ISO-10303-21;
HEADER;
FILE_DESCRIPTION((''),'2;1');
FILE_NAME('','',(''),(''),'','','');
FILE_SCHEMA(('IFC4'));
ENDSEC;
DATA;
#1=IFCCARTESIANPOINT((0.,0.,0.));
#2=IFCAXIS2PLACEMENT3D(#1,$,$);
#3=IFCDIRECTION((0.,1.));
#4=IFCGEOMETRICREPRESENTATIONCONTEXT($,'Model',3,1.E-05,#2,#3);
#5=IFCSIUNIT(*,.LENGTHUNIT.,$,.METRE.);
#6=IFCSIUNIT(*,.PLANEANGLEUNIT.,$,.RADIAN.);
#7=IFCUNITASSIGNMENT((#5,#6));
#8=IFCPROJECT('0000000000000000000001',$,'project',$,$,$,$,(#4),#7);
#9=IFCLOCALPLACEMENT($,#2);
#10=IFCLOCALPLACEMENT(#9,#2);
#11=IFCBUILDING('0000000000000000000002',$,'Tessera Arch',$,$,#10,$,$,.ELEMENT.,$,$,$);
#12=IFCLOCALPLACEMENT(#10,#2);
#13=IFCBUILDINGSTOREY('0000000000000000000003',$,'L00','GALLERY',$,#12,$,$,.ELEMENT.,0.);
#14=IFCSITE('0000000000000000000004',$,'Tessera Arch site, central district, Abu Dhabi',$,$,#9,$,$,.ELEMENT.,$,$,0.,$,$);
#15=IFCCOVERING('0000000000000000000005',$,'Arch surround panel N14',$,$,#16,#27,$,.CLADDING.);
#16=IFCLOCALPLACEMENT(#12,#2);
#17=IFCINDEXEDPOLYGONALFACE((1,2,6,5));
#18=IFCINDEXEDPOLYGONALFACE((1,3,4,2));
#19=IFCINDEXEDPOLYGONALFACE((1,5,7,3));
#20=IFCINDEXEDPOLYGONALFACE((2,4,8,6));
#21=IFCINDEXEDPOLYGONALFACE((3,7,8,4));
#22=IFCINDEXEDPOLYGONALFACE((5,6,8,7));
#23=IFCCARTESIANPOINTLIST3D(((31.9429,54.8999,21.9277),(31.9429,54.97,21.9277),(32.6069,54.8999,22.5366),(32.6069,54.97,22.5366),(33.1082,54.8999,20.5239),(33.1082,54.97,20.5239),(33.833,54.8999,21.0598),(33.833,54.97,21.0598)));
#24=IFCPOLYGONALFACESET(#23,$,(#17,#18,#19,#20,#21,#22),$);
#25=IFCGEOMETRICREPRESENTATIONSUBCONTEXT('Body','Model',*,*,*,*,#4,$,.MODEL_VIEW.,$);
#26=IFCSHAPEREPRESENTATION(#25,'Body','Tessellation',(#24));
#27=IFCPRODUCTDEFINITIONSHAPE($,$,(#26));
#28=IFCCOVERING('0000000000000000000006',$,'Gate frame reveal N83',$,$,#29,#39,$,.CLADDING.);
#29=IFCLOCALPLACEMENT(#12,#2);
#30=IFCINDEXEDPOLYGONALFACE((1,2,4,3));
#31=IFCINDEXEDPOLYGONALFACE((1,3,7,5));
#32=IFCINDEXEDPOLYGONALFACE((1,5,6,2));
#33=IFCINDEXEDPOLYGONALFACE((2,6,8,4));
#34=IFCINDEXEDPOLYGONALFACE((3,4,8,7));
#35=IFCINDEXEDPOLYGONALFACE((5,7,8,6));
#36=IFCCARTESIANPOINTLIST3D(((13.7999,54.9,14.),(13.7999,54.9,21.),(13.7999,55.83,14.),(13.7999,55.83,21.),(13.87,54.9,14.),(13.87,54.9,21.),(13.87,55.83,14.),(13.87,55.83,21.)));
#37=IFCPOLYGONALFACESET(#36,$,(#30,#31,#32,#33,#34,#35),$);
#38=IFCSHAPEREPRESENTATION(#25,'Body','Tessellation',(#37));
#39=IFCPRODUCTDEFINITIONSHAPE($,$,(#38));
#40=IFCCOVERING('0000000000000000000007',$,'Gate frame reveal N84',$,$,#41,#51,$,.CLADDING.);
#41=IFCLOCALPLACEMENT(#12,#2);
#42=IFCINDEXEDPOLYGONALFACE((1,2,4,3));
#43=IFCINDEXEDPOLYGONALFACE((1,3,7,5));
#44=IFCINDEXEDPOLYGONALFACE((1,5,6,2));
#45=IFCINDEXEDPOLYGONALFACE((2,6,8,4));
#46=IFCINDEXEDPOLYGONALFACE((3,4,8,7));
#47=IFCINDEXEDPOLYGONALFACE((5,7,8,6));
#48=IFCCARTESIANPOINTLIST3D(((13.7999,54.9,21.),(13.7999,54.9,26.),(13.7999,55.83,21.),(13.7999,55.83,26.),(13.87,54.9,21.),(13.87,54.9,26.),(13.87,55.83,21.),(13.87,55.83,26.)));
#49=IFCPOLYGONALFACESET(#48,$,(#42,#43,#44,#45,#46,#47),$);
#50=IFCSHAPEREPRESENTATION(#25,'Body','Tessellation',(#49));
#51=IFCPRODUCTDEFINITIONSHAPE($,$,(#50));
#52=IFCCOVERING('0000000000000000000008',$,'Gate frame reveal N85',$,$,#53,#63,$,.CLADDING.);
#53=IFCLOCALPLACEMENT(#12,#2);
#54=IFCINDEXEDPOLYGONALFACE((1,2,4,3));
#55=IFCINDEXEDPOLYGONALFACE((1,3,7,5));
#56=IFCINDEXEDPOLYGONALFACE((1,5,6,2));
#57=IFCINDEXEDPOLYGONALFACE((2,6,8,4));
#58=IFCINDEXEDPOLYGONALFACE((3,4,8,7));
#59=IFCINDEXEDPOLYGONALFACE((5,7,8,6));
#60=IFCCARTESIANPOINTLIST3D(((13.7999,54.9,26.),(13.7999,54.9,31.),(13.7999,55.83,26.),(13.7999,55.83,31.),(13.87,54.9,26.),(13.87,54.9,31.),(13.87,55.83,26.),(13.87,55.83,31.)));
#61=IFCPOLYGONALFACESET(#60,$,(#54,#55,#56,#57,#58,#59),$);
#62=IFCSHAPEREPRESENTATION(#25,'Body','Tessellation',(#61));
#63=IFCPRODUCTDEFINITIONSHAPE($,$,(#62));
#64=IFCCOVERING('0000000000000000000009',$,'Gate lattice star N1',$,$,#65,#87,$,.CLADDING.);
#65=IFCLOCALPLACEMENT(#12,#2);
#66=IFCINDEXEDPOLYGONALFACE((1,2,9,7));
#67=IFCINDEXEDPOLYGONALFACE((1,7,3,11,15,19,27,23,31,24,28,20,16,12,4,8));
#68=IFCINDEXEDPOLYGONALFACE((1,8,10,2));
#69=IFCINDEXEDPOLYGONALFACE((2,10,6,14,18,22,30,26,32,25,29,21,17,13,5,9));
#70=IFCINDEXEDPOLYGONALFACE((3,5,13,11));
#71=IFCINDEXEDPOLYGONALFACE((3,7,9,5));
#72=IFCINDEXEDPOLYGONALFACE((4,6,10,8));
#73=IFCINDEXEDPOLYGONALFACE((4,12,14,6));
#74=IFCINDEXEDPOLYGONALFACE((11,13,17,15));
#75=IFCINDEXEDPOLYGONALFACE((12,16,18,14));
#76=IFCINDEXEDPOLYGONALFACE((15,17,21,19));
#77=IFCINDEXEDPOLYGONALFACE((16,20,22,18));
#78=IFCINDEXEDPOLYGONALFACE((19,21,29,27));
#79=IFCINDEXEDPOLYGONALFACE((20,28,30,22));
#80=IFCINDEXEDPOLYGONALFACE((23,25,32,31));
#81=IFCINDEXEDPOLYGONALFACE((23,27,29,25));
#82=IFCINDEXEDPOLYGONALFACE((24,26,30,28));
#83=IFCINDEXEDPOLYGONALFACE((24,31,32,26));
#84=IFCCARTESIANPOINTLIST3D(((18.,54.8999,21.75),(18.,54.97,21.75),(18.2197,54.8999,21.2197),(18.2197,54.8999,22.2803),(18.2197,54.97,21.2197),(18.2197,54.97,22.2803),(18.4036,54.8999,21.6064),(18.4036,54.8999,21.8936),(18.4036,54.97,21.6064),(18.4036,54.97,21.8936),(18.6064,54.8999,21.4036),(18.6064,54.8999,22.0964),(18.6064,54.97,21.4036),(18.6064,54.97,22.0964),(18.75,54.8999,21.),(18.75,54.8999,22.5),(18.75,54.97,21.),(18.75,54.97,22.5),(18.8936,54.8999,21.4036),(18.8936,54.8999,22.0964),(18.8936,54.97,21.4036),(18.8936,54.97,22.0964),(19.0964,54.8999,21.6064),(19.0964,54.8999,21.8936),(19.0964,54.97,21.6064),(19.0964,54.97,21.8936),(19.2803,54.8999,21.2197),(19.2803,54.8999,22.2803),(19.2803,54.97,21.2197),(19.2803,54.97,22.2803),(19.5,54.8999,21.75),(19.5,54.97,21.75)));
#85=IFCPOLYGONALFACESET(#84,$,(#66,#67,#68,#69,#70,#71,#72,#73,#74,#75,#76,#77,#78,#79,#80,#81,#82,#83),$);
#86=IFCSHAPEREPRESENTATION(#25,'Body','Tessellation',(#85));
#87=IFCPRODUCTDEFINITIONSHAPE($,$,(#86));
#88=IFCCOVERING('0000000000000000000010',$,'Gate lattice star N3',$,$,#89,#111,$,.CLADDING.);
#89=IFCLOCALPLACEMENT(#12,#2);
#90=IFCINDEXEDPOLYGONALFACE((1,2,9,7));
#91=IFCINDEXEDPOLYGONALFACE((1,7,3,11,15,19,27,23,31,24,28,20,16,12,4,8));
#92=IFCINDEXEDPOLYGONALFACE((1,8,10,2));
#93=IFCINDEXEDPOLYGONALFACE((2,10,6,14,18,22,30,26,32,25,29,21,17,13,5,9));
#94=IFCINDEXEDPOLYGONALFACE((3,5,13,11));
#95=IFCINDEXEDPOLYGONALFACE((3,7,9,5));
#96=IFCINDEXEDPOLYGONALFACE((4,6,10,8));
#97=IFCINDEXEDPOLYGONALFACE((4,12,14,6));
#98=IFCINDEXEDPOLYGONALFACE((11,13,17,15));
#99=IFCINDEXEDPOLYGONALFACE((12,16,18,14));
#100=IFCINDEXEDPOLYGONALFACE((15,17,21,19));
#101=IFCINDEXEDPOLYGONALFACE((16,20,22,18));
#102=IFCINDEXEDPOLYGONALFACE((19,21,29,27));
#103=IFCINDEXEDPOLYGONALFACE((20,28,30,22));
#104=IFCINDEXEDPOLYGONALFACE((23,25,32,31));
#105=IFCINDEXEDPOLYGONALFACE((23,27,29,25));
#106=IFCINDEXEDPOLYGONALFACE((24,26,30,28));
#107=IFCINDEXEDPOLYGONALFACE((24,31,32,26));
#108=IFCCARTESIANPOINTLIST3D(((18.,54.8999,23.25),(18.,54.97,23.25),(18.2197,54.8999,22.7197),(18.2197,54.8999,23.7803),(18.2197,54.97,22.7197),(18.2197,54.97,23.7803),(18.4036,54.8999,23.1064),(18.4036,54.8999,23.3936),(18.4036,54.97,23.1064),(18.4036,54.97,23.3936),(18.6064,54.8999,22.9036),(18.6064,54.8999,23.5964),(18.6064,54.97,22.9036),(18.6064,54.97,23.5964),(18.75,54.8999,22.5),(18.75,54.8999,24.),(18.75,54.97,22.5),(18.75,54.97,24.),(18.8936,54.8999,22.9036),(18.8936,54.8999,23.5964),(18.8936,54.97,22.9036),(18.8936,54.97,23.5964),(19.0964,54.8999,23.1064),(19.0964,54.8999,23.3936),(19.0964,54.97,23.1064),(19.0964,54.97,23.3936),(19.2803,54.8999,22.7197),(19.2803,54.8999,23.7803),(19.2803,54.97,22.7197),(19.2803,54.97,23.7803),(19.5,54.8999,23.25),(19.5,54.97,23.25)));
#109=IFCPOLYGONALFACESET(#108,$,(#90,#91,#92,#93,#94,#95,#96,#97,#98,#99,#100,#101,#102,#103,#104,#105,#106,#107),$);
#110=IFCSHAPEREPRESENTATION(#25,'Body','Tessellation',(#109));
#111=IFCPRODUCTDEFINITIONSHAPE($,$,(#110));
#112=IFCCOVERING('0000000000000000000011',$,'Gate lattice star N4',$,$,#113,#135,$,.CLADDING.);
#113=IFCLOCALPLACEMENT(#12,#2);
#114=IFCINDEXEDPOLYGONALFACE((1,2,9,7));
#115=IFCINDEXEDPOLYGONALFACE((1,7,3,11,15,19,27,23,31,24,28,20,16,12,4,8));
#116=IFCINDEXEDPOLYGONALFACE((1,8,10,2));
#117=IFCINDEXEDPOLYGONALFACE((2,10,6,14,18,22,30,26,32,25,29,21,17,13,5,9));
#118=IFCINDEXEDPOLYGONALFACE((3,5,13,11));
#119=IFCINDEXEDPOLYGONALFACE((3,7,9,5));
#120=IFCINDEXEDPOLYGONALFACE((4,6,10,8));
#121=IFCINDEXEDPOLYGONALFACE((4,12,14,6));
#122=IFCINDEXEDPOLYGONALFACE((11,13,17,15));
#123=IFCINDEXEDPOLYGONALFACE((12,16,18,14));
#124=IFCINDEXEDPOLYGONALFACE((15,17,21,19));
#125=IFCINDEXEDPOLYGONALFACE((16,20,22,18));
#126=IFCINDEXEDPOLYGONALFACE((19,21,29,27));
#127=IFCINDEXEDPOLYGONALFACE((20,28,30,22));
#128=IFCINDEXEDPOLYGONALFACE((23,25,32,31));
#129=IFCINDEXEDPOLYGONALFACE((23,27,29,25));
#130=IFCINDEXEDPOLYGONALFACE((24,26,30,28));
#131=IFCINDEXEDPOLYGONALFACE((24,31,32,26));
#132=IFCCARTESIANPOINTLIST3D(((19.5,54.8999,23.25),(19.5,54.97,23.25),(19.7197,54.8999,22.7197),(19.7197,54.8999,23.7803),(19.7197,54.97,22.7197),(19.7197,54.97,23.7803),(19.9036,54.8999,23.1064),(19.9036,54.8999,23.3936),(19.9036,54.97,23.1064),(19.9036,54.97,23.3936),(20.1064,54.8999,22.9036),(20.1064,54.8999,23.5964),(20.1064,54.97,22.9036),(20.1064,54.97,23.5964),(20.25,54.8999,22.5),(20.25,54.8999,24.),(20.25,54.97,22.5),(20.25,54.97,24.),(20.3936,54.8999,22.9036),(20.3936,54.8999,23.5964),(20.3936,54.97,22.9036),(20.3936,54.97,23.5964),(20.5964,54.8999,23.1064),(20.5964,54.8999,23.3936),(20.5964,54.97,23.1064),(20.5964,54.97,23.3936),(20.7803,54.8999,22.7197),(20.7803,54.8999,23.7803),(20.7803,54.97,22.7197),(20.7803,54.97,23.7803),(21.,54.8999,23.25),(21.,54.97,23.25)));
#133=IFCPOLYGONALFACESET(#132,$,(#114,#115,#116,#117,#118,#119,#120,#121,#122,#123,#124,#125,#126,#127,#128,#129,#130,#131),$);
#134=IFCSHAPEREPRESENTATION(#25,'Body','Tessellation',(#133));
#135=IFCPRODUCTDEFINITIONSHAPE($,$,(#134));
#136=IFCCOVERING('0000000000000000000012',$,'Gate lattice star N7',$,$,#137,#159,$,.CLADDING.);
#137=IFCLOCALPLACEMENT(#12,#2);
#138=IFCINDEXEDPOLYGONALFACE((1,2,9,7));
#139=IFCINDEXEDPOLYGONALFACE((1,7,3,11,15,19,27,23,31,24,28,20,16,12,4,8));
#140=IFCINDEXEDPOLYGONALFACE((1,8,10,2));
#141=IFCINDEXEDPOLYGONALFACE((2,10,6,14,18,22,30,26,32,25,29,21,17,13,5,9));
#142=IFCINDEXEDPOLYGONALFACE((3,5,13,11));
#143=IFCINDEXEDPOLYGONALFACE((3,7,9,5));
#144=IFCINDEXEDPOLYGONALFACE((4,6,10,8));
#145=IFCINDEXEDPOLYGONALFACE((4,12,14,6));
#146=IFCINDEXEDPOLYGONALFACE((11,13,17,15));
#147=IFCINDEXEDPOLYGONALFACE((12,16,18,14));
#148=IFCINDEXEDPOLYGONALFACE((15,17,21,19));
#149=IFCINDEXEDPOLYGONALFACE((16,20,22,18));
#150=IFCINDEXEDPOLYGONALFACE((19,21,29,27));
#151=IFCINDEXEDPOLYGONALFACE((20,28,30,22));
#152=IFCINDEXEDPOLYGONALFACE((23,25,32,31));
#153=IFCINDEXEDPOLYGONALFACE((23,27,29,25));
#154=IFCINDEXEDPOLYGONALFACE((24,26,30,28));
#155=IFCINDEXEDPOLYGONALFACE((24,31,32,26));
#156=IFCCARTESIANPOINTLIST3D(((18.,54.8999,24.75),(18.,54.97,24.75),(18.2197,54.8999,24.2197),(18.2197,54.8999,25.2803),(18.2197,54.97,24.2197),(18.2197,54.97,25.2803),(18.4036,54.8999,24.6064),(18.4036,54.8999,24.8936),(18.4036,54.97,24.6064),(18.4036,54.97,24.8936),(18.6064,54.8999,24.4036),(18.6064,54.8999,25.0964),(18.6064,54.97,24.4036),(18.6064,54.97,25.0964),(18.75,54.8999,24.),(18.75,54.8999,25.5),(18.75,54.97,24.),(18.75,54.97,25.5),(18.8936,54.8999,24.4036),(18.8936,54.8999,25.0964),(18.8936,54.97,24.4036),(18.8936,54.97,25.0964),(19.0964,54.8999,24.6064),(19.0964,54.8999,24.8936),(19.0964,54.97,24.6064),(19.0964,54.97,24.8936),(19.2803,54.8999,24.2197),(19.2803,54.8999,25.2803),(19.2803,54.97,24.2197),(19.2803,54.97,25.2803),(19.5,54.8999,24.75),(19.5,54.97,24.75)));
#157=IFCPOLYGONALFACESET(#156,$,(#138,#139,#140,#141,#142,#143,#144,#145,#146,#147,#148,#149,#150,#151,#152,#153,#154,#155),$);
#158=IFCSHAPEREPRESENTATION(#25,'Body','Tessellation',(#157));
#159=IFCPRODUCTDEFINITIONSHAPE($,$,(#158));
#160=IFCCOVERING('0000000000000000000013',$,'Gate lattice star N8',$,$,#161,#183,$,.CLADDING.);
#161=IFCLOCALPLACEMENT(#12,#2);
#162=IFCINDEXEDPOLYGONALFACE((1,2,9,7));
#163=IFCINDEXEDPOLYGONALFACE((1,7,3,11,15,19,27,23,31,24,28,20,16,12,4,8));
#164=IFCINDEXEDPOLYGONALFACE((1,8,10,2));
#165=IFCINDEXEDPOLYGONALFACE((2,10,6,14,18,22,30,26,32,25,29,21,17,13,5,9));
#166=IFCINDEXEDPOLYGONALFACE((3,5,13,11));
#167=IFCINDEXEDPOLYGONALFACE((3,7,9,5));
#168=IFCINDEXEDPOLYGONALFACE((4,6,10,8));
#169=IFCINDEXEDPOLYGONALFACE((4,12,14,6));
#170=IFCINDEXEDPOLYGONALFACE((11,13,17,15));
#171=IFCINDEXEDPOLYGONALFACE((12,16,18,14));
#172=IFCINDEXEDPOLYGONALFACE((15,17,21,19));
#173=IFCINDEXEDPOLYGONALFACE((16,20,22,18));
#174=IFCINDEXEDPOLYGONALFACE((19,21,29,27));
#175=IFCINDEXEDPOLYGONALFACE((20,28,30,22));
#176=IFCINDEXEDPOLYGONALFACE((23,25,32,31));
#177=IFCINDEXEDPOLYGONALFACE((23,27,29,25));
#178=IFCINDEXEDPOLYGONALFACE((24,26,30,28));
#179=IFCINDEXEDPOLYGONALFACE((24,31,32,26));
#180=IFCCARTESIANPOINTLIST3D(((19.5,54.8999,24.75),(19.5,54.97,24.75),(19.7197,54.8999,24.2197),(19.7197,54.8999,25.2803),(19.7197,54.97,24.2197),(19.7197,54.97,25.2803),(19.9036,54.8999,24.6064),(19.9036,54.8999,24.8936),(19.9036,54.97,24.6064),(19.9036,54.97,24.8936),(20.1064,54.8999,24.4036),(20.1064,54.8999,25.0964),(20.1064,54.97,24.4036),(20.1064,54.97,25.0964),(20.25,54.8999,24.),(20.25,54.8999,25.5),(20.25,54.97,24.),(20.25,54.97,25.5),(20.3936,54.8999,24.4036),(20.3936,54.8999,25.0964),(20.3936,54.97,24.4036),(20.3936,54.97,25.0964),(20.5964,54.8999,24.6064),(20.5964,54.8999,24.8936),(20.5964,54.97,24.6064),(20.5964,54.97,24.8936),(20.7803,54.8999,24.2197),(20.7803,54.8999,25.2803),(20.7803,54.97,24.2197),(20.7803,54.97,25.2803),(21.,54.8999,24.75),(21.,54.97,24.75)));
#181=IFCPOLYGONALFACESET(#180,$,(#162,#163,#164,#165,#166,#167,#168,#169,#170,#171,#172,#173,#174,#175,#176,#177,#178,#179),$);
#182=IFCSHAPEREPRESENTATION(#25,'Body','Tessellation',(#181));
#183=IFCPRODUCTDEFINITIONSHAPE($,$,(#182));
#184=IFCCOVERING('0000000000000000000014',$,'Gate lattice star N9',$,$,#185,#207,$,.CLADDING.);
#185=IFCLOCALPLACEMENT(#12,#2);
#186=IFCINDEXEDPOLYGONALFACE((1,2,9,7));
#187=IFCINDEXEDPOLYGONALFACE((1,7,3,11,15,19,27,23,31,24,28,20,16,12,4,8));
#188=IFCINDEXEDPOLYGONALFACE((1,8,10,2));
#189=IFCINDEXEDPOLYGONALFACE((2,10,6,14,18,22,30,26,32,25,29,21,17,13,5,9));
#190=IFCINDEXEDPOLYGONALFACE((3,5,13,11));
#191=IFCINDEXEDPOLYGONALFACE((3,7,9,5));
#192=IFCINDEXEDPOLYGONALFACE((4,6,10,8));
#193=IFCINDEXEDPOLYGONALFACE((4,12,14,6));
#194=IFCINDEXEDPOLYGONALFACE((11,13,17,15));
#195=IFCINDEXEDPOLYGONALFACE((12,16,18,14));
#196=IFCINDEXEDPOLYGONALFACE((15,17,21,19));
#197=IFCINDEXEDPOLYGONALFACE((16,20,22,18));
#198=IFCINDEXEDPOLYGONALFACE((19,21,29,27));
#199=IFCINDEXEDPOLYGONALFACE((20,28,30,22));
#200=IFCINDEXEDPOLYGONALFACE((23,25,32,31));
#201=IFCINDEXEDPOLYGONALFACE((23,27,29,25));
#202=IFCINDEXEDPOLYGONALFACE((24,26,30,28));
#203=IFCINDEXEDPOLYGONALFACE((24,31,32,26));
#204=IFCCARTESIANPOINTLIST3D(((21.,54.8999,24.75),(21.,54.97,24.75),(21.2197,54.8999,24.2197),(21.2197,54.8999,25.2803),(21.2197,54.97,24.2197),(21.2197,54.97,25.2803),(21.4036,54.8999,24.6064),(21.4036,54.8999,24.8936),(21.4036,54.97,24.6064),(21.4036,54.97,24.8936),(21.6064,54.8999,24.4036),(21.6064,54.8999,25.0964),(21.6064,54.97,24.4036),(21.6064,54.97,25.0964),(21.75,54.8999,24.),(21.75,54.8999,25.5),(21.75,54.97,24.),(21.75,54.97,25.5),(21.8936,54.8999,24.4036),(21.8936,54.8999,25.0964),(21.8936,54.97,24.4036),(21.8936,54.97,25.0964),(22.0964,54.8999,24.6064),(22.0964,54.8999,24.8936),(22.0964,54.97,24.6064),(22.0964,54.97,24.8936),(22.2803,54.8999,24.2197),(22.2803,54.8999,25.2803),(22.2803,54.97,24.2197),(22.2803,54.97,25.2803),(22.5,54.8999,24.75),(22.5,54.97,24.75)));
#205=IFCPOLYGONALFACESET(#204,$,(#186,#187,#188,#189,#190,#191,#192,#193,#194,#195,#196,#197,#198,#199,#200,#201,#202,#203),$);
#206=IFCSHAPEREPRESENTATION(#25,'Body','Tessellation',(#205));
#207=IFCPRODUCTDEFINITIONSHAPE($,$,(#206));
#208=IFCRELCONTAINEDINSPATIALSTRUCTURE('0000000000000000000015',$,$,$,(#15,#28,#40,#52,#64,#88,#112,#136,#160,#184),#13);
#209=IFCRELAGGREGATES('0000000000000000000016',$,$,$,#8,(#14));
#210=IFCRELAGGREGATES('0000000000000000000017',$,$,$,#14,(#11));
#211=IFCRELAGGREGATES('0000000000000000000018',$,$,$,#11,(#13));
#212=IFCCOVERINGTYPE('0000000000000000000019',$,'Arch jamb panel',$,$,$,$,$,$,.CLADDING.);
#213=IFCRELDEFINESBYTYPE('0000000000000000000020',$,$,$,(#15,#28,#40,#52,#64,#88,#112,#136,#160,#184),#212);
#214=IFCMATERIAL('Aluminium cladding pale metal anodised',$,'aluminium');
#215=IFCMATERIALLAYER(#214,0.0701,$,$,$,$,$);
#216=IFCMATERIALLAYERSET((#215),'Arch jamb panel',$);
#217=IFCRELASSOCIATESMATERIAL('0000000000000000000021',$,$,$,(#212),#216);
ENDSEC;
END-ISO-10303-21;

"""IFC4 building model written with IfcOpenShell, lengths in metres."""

from ifc_helpers import new_model, si_unit, direction, frame, origin, origin_2d, place, context, subcontext, project, spatial, polyline, rectangle, outline, extrude, material, layer, layer_set, type_object, element, save


model = new_model("IFC4")

# Units and contexts
model_context = context("Model", 3, precision=1e-05, world=origin(), true_north=direction((0.0, 1.0)))
body_context = subcontext(model_context, "Body", "Model", "MODEL_VIEW")
ifc_project = project(units=[si_unit("LENGTHUNIT", "METRE"), si_unit("PLANEANGLEUNIT", "RADIAN")], contexts=[model_context])

# Site, building, storey
site_placement = place(None, origin())
site = spatial("IfcSite", under=ifc_project, at=site_placement, Name="Tessera Arch site, central district, Abu Dhabi", CompositionType="ELEMENT", RefElevation=0.0)
building_placement = place(site_placement, origin())
building = spatial("IfcBuilding", under=site, at=building_placement, Name="Tessera Arch", CompositionType="ELEMENT")
storey_placement = place(building_placement, origin())
storey = spatial("IfcBuildingStorey", under=building, at=storey_placement, Name="L00", Description="GALLERY", CompositionType="ELEMENT", Elevation=0.0)

# Coverings
ifc_material_1 = material(Name="Aluminium cladding pale metal anodised", Category="aluminium")
ifc_layer = layer(ifc_material_1, 0.0701)
ifc_layer_set = layer_set([ifc_layer], Name="Arch jamb panel")
covering_type = type_object("IfcCoveringType", Name="Arch jamb panel", PredefinedType="CLADDING", material=ifc_layer_set)
covering_1_placement = place(storey_placement, frame((31.9429, 54.8999, 21.9277), z_axis=(0.0, -1.0, 0.0), x_axis=(0.638709, 0.0, -0.769448)))
element("IfcCovering", 1, at=covering_1_placement, inside=storey, type_object=covering_type, Name="Arch surround panel N14", PredefinedType="CLADDING", context=body_context, shape_type="SweptSolid", body=[
    extrude(outline(polyline([(0.0, 0.0), (1.8244, 0.0), (1.8751, 0.9), (-0.0444, 0.8999), (0.0, 0.0)])), origin(), (0.0, 0.0, -1.0), 0.0701),
])
covering_2_placement = place(storey_placement, frame((13.835, 55.365, 14.0), z_axis=(0.0, 0.0, 1.0), x_axis=(1.0, 0.0, 0.0)))
element("IfcCovering", 2, at=covering_2_placement, inside=storey, type_object=covering_type, Name="Gate frame reveal N83", PredefinedType="CLADDING", context=body_context, shape_type="SweptSolid", body=[
    extrude(rectangle(XDim=0.0701, YDim=0.9299, at=origin_2d()), origin(), (0.0, 0.0, 1.0), 7.0),
])
for number, where, z_axis, x_axis, name in (
    (3, (13.835, 55.365, 21.0), (0.0, 0.0, 1.0), (1.0, 0.0, 0.0), "Gate frame reveal N84"),
    (4, (13.835, 55.365, 26.0), (0.0, 0.0, 1.0), (1.0, 0.0, 0.0), "Gate frame reveal N85"),
):
    element("IfcCovering", number, at=place(storey_placement, frame(where, z_axis=z_axis, x_axis=x_axis)), inside=storey, type_object=covering_type, Name=name, PredefinedType="CLADDING", context=body_context, shape_type="SweptSolid", body=[
        extrude(rectangle(XDim=0.0701, YDim=0.9299, at=origin_2d()), origin(), (0.0, 0.0, 1.0), 5.0),
    ])
for number, where, z_axis, x_axis, name in (
    (5, (19.5, 54.8999, 21.75), (0.0, -1.0, 0.0), (-0.942167, 0.0, 0.335145), "Gate lattice star N1"),
    (6, (19.5, 54.8999, 23.25), (0.0, -1.0, 0.0), (-0.942167, 0.0, 0.335145), "Gate lattice star N3"),
    (7, (21.0, 54.8999, 23.25), (0.0, -1.0, 0.0), (-0.942167, 0.0, 0.335145), "Gate lattice star N4"),
    (8, (19.5, 54.8999, 24.75), (0.0, -1.0, 0.0), (-0.942167, 0.0, 0.335145), "Gate lattice star N7"),
    (9, (21.0, 54.8999, 24.75), (0.0, -1.0, 0.0), (-0.942167, 0.0, 0.335145), "Gate lattice star N8"),
    (10, (22.5, 54.8999, 24.75), (0.0, -1.0, 0.0), (-0.942167, 0.0, 0.335145), "Gate lattice star N9"),
):
    element("IfcCovering", number, at=place(storey_placement, frame(where, z_axis=z_axis, x_axis=x_axis)), inside=storey, type_object=covering_type, Name=name, PredefinedType="CLADDING", context=body_context, shape_type="SweptSolid", body=[
        extrude(outline(polyline([(0.0, 0.0), (0.4283, 0.0), (0.3847, -0.426), (0.6875, -0.1232), (0.958, -0.4553), (0.958, -0.0269), (1.3839, -0.0705), (1.0811, 0.2322), (1.4133, 0.5027), (0.9849, 0.5027), (1.0285, 0.9287), (0.7258, 0.6259), (0.4553, 0.958), (0.4553, 0.5296), (0.0293, 0.5732), (0.3321, 0.2705), (0.0, 0.0)])), origin(), (0.0, 0.0, -1.0), 0.0701),
    ])

save(model, "model.ifc")
